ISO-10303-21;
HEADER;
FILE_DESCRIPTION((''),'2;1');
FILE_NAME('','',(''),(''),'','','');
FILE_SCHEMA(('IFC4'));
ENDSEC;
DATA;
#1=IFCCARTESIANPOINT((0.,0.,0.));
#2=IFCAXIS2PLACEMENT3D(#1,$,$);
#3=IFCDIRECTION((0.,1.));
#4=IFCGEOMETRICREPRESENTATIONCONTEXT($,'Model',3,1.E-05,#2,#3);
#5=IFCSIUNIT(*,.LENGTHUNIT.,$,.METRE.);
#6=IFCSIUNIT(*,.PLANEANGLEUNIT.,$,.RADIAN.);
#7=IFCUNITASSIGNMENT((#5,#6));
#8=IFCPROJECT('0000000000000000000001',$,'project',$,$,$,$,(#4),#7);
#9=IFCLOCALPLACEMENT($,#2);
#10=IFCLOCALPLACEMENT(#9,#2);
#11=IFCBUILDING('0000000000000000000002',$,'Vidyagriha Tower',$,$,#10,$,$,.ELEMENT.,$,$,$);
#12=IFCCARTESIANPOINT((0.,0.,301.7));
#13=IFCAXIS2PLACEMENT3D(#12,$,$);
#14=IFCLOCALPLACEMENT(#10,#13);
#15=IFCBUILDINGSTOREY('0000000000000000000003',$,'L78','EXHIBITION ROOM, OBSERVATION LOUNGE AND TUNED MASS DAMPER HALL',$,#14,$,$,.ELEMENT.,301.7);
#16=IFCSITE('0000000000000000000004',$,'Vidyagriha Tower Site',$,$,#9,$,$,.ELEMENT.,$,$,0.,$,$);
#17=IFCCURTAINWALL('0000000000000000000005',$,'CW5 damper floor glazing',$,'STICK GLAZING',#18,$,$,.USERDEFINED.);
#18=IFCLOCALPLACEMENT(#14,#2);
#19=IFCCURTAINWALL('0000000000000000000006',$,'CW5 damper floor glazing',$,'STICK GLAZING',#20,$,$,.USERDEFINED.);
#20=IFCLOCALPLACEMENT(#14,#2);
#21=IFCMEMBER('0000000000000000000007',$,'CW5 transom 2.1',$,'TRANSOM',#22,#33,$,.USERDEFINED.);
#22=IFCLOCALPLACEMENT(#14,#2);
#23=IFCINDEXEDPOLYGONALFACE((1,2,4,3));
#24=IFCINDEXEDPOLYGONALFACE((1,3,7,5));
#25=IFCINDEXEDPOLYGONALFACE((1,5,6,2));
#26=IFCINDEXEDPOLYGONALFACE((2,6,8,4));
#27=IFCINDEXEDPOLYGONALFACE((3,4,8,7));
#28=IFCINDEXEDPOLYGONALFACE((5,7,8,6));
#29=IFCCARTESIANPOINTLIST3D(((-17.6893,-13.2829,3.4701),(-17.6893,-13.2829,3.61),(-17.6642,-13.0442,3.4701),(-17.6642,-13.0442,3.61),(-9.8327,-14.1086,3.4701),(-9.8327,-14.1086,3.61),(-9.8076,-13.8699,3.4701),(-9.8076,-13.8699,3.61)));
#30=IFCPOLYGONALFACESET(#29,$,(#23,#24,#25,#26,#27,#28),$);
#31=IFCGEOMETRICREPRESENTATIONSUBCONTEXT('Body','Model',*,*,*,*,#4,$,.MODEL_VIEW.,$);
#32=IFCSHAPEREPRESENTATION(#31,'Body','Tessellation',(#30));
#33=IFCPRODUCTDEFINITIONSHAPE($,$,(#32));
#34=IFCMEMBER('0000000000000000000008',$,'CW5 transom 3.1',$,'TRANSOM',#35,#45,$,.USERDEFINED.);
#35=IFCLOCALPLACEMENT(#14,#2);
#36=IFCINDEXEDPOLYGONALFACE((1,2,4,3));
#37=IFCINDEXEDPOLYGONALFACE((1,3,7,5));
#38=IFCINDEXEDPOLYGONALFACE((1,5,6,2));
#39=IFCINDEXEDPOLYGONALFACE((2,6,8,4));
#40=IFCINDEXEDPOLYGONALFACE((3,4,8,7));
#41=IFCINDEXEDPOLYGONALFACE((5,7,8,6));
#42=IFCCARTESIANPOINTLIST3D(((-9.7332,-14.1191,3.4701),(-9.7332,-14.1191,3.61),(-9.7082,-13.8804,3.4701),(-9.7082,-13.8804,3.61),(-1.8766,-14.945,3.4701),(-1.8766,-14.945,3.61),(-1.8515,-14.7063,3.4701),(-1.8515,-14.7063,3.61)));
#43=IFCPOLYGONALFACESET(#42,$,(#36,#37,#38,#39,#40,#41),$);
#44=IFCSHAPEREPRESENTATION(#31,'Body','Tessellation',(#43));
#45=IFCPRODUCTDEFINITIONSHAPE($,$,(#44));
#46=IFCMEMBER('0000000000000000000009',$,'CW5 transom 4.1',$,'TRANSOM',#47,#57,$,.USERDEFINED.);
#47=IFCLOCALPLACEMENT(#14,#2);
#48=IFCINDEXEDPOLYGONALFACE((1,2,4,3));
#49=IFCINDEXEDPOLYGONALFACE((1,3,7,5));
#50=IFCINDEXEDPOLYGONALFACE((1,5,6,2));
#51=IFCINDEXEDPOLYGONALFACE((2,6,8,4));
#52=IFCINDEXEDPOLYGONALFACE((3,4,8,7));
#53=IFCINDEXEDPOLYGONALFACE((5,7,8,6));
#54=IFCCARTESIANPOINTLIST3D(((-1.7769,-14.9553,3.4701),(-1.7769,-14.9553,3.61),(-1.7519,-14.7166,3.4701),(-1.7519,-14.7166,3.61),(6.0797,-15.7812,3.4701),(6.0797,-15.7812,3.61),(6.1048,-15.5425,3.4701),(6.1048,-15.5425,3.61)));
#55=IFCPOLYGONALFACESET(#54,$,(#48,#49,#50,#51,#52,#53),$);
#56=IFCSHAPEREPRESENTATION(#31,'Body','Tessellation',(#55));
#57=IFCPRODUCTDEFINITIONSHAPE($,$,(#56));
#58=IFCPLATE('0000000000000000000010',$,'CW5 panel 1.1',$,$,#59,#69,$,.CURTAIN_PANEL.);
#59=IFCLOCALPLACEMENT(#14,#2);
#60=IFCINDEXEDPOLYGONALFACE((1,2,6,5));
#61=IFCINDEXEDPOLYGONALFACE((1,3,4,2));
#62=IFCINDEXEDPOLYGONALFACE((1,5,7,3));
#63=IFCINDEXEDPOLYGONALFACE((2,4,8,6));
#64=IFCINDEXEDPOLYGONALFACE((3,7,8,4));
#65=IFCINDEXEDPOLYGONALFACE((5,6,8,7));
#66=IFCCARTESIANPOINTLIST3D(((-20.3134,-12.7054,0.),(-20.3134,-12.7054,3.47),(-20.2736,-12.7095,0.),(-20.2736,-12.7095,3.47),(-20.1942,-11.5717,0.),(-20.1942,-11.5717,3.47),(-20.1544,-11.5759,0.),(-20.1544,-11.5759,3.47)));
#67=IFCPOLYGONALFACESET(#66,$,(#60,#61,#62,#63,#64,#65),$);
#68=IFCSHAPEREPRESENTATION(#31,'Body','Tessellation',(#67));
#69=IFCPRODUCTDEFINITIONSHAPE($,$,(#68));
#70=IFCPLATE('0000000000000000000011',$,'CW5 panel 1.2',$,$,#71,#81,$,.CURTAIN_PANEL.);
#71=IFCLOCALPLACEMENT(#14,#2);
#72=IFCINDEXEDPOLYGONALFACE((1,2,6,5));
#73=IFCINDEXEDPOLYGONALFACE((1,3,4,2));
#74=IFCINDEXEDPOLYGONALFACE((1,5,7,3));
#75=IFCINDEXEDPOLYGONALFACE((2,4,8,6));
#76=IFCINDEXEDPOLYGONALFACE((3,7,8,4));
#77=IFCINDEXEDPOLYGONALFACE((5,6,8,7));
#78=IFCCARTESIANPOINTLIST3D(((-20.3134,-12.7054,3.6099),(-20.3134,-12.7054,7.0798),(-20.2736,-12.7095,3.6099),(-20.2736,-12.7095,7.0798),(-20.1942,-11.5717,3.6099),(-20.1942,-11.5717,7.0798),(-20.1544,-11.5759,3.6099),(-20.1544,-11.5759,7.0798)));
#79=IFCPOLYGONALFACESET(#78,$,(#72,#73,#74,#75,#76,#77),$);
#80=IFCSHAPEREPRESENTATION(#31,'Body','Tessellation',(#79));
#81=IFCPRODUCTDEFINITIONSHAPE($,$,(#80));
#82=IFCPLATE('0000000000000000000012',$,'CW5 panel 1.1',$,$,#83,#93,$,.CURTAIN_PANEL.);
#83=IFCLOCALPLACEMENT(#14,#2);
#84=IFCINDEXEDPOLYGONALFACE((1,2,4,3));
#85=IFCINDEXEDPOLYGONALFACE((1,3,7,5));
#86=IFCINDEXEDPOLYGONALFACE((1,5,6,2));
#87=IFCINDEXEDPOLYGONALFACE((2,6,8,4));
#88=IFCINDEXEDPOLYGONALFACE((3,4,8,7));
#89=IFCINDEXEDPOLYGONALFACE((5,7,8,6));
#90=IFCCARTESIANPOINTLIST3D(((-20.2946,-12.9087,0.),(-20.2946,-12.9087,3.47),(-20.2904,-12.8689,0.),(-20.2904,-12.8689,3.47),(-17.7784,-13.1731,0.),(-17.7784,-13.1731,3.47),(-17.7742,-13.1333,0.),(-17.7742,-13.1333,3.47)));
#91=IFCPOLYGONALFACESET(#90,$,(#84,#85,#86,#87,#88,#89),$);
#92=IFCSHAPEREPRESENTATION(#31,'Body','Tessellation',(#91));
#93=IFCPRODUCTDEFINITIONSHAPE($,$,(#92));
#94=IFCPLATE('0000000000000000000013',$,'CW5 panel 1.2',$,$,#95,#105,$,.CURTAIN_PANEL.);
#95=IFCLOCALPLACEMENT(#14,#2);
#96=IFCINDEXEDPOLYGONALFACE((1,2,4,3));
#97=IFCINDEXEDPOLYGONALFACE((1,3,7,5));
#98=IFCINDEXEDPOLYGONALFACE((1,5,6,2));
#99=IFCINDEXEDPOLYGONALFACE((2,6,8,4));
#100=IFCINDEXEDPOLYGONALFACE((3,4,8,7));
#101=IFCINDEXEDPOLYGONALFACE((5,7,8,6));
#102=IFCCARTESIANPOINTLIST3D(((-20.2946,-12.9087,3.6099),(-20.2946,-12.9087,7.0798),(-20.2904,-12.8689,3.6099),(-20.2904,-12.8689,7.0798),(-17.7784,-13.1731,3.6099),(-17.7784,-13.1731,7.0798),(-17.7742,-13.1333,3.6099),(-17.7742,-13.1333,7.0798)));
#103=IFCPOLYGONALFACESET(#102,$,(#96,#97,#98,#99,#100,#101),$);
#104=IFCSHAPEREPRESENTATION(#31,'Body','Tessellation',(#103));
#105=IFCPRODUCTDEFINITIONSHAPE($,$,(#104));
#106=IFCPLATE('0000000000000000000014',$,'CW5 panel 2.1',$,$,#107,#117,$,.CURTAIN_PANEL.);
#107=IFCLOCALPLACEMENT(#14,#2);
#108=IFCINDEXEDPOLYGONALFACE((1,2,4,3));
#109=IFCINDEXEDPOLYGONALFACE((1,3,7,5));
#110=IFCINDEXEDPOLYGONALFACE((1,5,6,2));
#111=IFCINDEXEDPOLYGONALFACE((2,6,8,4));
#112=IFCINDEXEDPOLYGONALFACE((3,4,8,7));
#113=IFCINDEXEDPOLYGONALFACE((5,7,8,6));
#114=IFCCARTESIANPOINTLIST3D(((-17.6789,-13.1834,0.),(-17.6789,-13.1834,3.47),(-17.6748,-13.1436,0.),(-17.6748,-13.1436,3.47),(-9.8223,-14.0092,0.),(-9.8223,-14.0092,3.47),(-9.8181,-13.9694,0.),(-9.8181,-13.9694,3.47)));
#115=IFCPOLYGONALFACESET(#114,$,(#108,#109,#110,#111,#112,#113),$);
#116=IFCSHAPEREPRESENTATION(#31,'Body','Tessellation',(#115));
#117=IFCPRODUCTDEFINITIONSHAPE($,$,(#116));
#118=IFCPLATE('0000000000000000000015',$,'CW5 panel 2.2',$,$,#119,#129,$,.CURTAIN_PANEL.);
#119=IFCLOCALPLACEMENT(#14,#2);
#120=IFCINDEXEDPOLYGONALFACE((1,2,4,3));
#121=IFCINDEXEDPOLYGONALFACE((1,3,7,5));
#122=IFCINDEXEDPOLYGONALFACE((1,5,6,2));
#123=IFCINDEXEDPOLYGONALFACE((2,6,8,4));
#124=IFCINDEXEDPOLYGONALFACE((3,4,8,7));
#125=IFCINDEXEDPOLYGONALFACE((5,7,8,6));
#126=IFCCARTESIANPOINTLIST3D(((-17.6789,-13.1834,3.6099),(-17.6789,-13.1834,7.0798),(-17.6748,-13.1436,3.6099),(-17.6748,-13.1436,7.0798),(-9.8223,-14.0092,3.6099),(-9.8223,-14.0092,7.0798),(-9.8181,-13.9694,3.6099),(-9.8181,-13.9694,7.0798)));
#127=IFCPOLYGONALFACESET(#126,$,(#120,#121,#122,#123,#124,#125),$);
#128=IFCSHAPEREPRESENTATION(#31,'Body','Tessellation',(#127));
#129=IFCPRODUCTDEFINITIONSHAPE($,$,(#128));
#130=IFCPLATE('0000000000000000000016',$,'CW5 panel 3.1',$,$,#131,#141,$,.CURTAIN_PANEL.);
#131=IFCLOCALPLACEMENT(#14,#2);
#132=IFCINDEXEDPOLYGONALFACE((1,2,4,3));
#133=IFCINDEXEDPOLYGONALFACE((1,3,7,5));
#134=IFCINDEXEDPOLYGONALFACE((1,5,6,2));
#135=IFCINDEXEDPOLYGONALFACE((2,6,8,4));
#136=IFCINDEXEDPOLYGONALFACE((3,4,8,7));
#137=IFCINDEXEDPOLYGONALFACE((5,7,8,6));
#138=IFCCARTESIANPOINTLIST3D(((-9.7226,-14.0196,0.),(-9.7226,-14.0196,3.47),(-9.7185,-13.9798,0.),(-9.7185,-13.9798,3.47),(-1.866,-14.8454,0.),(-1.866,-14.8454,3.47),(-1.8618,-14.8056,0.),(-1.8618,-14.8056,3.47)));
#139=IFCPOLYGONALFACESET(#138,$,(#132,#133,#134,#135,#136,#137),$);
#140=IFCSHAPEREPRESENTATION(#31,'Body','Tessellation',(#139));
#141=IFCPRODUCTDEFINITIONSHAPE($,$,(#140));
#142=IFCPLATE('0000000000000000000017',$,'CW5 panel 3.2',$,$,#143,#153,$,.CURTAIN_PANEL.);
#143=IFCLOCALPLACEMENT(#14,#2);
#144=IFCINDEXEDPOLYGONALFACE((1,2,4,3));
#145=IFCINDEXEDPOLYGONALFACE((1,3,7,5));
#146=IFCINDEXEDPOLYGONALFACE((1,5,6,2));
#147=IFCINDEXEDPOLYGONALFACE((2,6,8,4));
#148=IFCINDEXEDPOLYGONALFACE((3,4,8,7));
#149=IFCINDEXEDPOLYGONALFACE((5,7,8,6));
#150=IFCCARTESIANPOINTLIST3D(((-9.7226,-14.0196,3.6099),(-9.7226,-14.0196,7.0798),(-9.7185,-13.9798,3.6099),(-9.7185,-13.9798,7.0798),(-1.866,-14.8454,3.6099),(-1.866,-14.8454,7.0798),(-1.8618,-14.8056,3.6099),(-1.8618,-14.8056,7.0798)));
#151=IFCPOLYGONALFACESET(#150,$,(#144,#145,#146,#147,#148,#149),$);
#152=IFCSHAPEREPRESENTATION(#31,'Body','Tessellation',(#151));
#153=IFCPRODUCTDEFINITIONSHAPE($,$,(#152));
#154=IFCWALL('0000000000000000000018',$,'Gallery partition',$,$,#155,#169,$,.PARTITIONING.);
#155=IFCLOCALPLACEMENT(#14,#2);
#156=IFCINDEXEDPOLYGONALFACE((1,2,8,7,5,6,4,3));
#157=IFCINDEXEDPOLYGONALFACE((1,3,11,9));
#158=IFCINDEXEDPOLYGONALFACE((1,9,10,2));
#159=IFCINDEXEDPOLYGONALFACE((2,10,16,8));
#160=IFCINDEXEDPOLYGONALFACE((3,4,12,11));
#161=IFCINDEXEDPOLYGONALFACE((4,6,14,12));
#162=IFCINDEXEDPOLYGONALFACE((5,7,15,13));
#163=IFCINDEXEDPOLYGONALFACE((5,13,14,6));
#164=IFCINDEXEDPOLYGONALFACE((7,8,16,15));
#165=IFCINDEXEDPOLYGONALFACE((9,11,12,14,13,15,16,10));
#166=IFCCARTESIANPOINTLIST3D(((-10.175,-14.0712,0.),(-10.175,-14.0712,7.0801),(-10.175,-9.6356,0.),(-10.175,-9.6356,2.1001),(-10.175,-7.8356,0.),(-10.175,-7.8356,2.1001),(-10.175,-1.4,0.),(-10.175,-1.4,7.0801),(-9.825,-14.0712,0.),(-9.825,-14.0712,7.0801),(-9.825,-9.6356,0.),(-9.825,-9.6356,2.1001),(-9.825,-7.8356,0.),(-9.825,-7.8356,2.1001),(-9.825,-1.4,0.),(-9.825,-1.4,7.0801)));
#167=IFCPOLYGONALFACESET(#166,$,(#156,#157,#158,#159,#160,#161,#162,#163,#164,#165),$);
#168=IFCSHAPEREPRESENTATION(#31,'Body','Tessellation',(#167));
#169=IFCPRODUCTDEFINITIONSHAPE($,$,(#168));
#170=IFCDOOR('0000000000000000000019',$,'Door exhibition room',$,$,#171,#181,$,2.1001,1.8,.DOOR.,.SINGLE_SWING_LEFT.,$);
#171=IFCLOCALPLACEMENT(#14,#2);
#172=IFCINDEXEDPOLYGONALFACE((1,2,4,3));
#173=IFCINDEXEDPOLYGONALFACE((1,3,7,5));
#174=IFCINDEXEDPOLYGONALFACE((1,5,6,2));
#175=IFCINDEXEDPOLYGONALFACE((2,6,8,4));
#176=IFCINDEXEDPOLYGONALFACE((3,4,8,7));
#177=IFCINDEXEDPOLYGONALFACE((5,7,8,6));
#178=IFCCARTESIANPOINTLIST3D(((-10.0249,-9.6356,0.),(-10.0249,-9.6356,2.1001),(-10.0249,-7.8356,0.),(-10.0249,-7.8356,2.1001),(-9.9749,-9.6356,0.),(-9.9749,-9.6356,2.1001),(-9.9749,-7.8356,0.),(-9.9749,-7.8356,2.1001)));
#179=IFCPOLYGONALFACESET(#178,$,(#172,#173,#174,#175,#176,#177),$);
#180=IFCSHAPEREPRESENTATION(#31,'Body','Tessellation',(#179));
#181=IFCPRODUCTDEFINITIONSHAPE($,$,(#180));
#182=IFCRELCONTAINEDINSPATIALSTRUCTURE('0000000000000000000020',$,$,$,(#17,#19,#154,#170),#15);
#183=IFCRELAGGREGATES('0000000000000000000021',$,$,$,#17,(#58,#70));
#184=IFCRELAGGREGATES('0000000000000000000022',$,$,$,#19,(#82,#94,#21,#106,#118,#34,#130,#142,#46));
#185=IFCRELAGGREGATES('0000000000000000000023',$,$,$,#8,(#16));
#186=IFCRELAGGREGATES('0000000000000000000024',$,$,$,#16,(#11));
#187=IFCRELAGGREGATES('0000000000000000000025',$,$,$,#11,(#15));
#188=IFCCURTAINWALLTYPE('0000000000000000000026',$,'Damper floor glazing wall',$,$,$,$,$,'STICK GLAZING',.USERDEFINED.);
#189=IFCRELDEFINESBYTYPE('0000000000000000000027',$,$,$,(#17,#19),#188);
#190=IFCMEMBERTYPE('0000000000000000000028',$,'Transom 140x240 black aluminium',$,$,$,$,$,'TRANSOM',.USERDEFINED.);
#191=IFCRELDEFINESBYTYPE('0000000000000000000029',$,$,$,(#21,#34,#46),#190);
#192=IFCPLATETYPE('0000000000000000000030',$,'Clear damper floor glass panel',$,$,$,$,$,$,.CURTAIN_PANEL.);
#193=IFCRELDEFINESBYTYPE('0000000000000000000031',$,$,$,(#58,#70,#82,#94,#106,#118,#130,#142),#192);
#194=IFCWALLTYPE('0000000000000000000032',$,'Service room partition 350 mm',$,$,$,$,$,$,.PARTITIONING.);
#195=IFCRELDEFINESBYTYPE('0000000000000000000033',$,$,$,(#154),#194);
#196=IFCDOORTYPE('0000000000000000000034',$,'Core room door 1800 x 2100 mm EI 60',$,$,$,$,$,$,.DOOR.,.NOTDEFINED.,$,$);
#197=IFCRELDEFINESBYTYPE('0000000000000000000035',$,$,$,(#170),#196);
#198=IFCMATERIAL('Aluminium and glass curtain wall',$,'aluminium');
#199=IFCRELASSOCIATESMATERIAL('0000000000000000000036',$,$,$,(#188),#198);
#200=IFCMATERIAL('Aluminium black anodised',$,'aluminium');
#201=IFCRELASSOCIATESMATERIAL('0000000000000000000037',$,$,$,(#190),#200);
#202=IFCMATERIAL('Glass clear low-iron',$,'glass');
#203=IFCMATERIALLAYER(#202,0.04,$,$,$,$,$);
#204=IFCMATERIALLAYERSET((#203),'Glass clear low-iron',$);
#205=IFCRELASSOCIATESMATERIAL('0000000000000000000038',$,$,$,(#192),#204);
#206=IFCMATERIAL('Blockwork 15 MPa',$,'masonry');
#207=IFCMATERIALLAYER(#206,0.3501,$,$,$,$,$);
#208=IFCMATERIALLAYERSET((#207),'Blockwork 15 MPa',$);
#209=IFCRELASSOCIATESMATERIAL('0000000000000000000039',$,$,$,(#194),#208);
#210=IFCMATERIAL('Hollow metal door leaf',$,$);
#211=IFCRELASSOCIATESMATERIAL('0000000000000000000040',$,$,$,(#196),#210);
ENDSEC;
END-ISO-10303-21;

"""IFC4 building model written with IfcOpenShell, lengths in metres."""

from ifc_helpers import new_model, si_unit, direction, frame, frame_2d, origin, origin_2d, place, context, subcontext, project, spatial, rectangle, extrude, material, layer, layer_set, material_profile, profile_set, type_object, element, fill, aggregate, save


model = new_model("IFC4")

# Units and contexts
model_context = context("Model", 3, precision=1e-05, world=origin(), true_north=direction((0.0, 1.0)))
body_context = subcontext(model_context, "Body", "Model", "MODEL_VIEW")
ifc_project = project(units=[si_unit("LENGTHUNIT", "METRE"), si_unit("PLANEANGLEUNIT", "RADIAN")], contexts=[model_context])

# Site, building, storey
site_placement = place(None, origin())
site = spatial("IfcSite", under=ifc_project, at=site_placement, Name="Vidyagriha Tower Site", CompositionType="ELEMENT", RefElevation=0.0)
building_placement = place(site_placement, origin())
building = spatial("IfcBuilding", under=site, at=building_placement, Name="Vidyagriha Tower", CompositionType="ELEMENT")
storey_placement = place(building_placement, frame((0.0, 0.0, 301.7)))
storey = spatial("IfcBuildingStorey", under=building, at=storey_placement, Name="L78", Description="EXHIBITION ROOM, OBSERVATION LOUNGE AND TUNED MASS DAMPER HALL", CompositionType="ELEMENT", Elevation=301.7)

# Curtain wall
ifc_material_1 = material(Name="Aluminium and glass curtain wall", Category="aluminium")
curtain_wall_type = type_object("IfcCurtainWallType", Name="Damper floor glazing wall", ElementType="STICK GLAZING", PredefinedType="USERDEFINED", material=ifc_material_1)
curtain_wall_1_placement = place(storey_placement, origin())
curtain_wall_1 = element("IfcCurtainWall", 1, at=curtain_wall_1_placement, inside=storey, type_object=curtain_wall_type, Name="CW5 damper floor glazing", ObjectType="STICK GLAZING", PredefinedType="USERDEFINED")

# Curtain wall
curtain_wall_2_placement = place(storey_placement, origin())
curtain_wall_2 = element("IfcCurtainWall", 2, at=curtain_wall_2_placement, inside=storey, type_object=curtain_wall_type, Name="CW5 damper floor glazing", ObjectType="STICK GLAZING", PredefinedType="USERDEFINED")

# Members
ifc_material_2 = material(Name="Aluminium black anodised", Category="aluminium")
ifc_material_profile_1 = material_profile(ifc_material_2, rectangle(XDim=0.24, YDim=0.1399, at=origin_2d()), Name="Transom 140x240 black aluminium")
ifc_profile_set_1 = profile_set([ifc_material_profile_1], Name="Aluminium black anodised")
member_type_1 = type_object("IfcMemberType", Name="Transom 140x240 black aluminium", ElementType="TRANSOM", PredefinedType="USERDEFINED", material=ifc_profile_set_1)
member_1_placement = place(storey_placement, frame((-17.6768, -13.1636, 3.54), z_axis=(0.994523, -0.104517, 0.0), x_axis=(0.104517, 0.994523, 0.0)))
member_1 = element("IfcMember", 3, at=member_1_placement, type_object=member_type_1, Name="CW5 transom 2.1", ObjectType="TRANSOM", PredefinedType="USERDEFINED", context=body_context, shape_type="SweptSolid", body=[
    extrude(rectangle(XDim=0.24, YDim=0.1399, at=origin_2d()), origin(), (0.0, 0.0, 1.0), 7.8999),
])
member_2_placement = place(storey_placement, frame((-9.7207, -13.9998, 3.54), z_axis=(0.99452, -0.104548, 0.0), x_axis=(0.104548, 0.99452, 0.0)))
member_2 = element("IfcMember", 4, at=member_2_placement, type_object=member_type_1, Name="CW5 transom 3.1", ObjectType="TRANSOM", PredefinedType="USERDEFINED", context=body_context, shape_type="SweptSolid", body=[
    extrude(rectangle(XDim=0.24, YDim=0.1399, at=origin_2d()), origin(), (0.0, 0.0, 1.0), 7.8999),
])
member_3_placement = place(storey_placement, frame((-1.7644, -14.8359, 3.54), z_axis=(0.99452, -0.104548, 0.0), x_axis=(0.104548, 0.99452, 0.0)))
member_3 = element("IfcMember", 5, at=member_3_placement, type_object=member_type_1, Name="CW5 transom 4.1", ObjectType="TRANSOM", PredefinedType="USERDEFINED", context=body_context, shape_type="SweptSolid", body=[
    extrude(rectangle(XDim=0.24, YDim=0.1399, at=origin_2d()), origin(), (0.0, 0.0, 1.0), 7.8999),
])

# Plates
ifc_material_3 = material(Name="Glass clear low-iron", Category="glass")
ifc_layer_1 = layer(ifc_material_3, 0.04)
ifc_layer_set_1 = layer_set([ifc_layer_1], Name="Glass clear low-iron")
plate_type = type_object("IfcPlateType", Name="Clear damper floor glass panel", PredefinedType="CURTAIN_PANEL", material=ifc_layer_set_1)
plate_1_placement = place(storey_placement, frame((-20.2339, -12.1406, 0.0), z_axis=(0.0, 0.0, 1.0), x_axis=(-0.104557, -0.994519, 0.0)))
plate_1 = element("IfcPlate", 6, at=plate_1_placement, type_object=plate_type, Name="CW5 panel 1.1", PredefinedType="CURTAIN_PANEL", context=body_context, shape_type="SweptSolid", body=[
    extrude(rectangle(XDim=1.1399, YDim=0.04, at=origin_2d()), origin(), (0.0, 0.0, 1.0), 3.47),
])
plate_2_placement = place(storey_placement, frame((-20.2339, -12.1406, 3.6099), z_axis=(0.0, 0.0, 1.0), x_axis=(-0.104557, -0.994519, 0.0)))
plate_2 = element("IfcPlate", 7, at=plate_2_placement, type_object=plate_type, Name="CW5 panel 1.2", PredefinedType="CURTAIN_PANEL", context=body_context, shape_type="SweptSolid", body=[
    extrude(rectangle(XDim=1.1399, YDim=0.04, at=origin_2d()), origin(), (0.0, 0.0, 1.0), 3.47),
])
aggregate(curtain_wall_1, [plate_1, plate_2])
plate_3_placement = place(storey_placement, frame((-19.0344, -13.021, 0.0), z_axis=(0.0, 0.0, 1.0), x_axis=(0.994522, -0.104528, 0.0)))
plate_3 = element("IfcPlate", 8, at=plate_3_placement, type_object=plate_type, Name="CW5 panel 1.1", PredefinedType="CURTAIN_PANEL", context=body_context, shape_type="SweptSolid", body=[
    extrude(rectangle(XDim=2.53, YDim=0.04, at=origin_2d()), origin(), (0.0, 0.0, 1.0), 3.47),
])
plate_4_placement = place(storey_placement, frame((-19.0344, -13.021, 3.6099), z_axis=(0.0, 0.0, 1.0), x_axis=(0.994522, -0.104528, 0.0)))
plate_4 = element("IfcPlate", 9, at=plate_4_placement, type_object=plate_type, Name="CW5 panel 1.2", PredefinedType="CURTAIN_PANEL", context=body_context, shape_type="SweptSolid", body=[
    extrude(rectangle(XDim=2.53, YDim=0.04, at=origin_2d()), origin(), (0.0, 0.0, 1.0), 3.47),
])
plate_5_placement = place(storey_placement, frame((-13.7485, -13.5764, 0.0), z_axis=(0.0, 0.0, 1.0), x_axis=(0.994522, -0.104528, 0.0)))
plate_5 = element("IfcPlate", 10, at=plate_5_placement, type_object=plate_type, Name="CW5 panel 2.1", PredefinedType="CURTAIN_PANEL", context=body_context, shape_type="SweptSolid", body=[
    extrude(rectangle(XDim=7.8999, YDim=0.04, at=origin_2d()), origin(), (0.0, 0.0, 1.0), 3.47),
])
plate_6_placement = place(storey_placement, frame((-13.7485, -13.5764, 3.6099), z_axis=(0.0, 0.0, 1.0), x_axis=(0.994522, -0.104528, 0.0)))
plate_6 = element("IfcPlate", 11, at=plate_6_placement, type_object=plate_type, Name="CW5 panel 2.2", PredefinedType="CURTAIN_PANEL", context=body_context, shape_type="SweptSolid", body=[
    extrude(rectangle(XDim=7.8999, YDim=0.04, at=origin_2d()), origin(), (0.0, 0.0, 1.0), 3.47),
])
plate_7_placement = place(storey_placement, frame((-5.7922, -14.4126, 0.0), z_axis=(0.0, 0.0, 1.0), x_axis=(0.994522, -0.104528, 0.0)))
plate_7 = element("IfcPlate", 12, at=plate_7_placement, type_object=plate_type, Name="CW5 panel 3.1", PredefinedType="CURTAIN_PANEL", context=body_context, shape_type="SweptSolid", body=[
    extrude(rectangle(XDim=7.8999, YDim=0.04, at=origin_2d()), origin(), (0.0, 0.0, 1.0), 3.47),
])
plate_8_placement = place(storey_placement, frame((-5.7922, -14.4126, 3.6099), z_axis=(0.0, 0.0, 1.0), x_axis=(0.994522, -0.104528, 0.0)))
plate_8 = element("IfcPlate", 13, at=plate_8_placement, type_object=plate_type, Name="CW5 panel 3.2", PredefinedType="CURTAIN_PANEL", context=body_context, shape_type="SweptSolid", body=[
    extrude(rectangle(XDim=7.8999, YDim=0.04, at=origin_2d()), origin(), (0.0, 0.0, 1.0), 3.47),
])
aggregate(curtain_wall_2, [plate_3, plate_4, member_1, plate_5, plate_6, member_2, plate_7, plate_8, member_3])

# Wall, opening, door
ifc_material_4 = material(Name="Blockwork 15 MPa", Category="masonry")
ifc_layer_2 = layer(ifc_material_4, 0.3501)
ifc_layer_set_2 = layer_set([ifc_layer_2], Name="Blockwork 15 MPa")
wall_type = type_object("IfcWallType", Name="Service room partition 350 mm", PredefinedType="PARTITIONING", material=ifc_layer_set_2)
wall_placement = place(storey_placement, frame((-10.0, -14.071, 0.0), z_axis=(0.0, 0.0, 1.0), x_axis=(0.0, 1.0, 0.0)))
wall = element("IfcWall", 14, at=wall_placement, inside=storey, type_object=wall_type, Name="Gallery partition", PredefinedType="PARTITIONING", context=body_context, shape_type="SweptSolid", body=[
    extrude(rectangle(XDim=12.6711, YDim=0.3501, at=frame_2d((6.3354, 0.0))), origin(), (0.0, 0.0, 1.0), 7.0801),
])
opening_placement = place(wall_placement, frame((4.4355, 0.0, 0.0)))
opening = element("IfcOpeningElement", 15, at=opening_placement, cuts=wall, PredefinedType="OPENING", context=body_context, shape_type="SweptSolid", body=[
    extrude(rectangle(XDim=1.8, YDim=2.1001, at=frame_2d((0.8999, 1.05))), frame((0.0, 0.1851, 0.0), z_axis=(0.0, -1.0, 0.0), x_axis=(1.0, 0.0, 0.0)), (0.0, 0.0, 1.0), 0.3701),
])
ifc_material_5 = material(Name="Hollow metal door leaf")
door_type = type_object("IfcDoorType", Name="Core room door 1800 x 2100 mm EI 60", OperationType="NOTDEFINED", PredefinedType="DOOR", material=ifc_material_5)
door_placement = place(opening_placement, origin())
door = element("IfcDoor", 16, at=door_placement, inside=storey, type_object=door_type, Name="Door exhibition room", OperationType="SINGLE_SWING_LEFT", OverallHeight=2.1001, OverallWidth=1.8, PredefinedType="DOOR", context=body_context, shape_type="SweptSolid", body=[
    extrude(rectangle(XDim=1.8, YDim=2.1001, at=frame_2d((0.8999, 1.05))), frame((0.0, 0.0249, 0.0), z_axis=(0.0, -1.0, 0.0), x_axis=(1.0, 0.0, 0.0)), (0.0, 0.0, 1.0), 0.05),
])
fill(opening, door)

save(model, "model.ifc")
